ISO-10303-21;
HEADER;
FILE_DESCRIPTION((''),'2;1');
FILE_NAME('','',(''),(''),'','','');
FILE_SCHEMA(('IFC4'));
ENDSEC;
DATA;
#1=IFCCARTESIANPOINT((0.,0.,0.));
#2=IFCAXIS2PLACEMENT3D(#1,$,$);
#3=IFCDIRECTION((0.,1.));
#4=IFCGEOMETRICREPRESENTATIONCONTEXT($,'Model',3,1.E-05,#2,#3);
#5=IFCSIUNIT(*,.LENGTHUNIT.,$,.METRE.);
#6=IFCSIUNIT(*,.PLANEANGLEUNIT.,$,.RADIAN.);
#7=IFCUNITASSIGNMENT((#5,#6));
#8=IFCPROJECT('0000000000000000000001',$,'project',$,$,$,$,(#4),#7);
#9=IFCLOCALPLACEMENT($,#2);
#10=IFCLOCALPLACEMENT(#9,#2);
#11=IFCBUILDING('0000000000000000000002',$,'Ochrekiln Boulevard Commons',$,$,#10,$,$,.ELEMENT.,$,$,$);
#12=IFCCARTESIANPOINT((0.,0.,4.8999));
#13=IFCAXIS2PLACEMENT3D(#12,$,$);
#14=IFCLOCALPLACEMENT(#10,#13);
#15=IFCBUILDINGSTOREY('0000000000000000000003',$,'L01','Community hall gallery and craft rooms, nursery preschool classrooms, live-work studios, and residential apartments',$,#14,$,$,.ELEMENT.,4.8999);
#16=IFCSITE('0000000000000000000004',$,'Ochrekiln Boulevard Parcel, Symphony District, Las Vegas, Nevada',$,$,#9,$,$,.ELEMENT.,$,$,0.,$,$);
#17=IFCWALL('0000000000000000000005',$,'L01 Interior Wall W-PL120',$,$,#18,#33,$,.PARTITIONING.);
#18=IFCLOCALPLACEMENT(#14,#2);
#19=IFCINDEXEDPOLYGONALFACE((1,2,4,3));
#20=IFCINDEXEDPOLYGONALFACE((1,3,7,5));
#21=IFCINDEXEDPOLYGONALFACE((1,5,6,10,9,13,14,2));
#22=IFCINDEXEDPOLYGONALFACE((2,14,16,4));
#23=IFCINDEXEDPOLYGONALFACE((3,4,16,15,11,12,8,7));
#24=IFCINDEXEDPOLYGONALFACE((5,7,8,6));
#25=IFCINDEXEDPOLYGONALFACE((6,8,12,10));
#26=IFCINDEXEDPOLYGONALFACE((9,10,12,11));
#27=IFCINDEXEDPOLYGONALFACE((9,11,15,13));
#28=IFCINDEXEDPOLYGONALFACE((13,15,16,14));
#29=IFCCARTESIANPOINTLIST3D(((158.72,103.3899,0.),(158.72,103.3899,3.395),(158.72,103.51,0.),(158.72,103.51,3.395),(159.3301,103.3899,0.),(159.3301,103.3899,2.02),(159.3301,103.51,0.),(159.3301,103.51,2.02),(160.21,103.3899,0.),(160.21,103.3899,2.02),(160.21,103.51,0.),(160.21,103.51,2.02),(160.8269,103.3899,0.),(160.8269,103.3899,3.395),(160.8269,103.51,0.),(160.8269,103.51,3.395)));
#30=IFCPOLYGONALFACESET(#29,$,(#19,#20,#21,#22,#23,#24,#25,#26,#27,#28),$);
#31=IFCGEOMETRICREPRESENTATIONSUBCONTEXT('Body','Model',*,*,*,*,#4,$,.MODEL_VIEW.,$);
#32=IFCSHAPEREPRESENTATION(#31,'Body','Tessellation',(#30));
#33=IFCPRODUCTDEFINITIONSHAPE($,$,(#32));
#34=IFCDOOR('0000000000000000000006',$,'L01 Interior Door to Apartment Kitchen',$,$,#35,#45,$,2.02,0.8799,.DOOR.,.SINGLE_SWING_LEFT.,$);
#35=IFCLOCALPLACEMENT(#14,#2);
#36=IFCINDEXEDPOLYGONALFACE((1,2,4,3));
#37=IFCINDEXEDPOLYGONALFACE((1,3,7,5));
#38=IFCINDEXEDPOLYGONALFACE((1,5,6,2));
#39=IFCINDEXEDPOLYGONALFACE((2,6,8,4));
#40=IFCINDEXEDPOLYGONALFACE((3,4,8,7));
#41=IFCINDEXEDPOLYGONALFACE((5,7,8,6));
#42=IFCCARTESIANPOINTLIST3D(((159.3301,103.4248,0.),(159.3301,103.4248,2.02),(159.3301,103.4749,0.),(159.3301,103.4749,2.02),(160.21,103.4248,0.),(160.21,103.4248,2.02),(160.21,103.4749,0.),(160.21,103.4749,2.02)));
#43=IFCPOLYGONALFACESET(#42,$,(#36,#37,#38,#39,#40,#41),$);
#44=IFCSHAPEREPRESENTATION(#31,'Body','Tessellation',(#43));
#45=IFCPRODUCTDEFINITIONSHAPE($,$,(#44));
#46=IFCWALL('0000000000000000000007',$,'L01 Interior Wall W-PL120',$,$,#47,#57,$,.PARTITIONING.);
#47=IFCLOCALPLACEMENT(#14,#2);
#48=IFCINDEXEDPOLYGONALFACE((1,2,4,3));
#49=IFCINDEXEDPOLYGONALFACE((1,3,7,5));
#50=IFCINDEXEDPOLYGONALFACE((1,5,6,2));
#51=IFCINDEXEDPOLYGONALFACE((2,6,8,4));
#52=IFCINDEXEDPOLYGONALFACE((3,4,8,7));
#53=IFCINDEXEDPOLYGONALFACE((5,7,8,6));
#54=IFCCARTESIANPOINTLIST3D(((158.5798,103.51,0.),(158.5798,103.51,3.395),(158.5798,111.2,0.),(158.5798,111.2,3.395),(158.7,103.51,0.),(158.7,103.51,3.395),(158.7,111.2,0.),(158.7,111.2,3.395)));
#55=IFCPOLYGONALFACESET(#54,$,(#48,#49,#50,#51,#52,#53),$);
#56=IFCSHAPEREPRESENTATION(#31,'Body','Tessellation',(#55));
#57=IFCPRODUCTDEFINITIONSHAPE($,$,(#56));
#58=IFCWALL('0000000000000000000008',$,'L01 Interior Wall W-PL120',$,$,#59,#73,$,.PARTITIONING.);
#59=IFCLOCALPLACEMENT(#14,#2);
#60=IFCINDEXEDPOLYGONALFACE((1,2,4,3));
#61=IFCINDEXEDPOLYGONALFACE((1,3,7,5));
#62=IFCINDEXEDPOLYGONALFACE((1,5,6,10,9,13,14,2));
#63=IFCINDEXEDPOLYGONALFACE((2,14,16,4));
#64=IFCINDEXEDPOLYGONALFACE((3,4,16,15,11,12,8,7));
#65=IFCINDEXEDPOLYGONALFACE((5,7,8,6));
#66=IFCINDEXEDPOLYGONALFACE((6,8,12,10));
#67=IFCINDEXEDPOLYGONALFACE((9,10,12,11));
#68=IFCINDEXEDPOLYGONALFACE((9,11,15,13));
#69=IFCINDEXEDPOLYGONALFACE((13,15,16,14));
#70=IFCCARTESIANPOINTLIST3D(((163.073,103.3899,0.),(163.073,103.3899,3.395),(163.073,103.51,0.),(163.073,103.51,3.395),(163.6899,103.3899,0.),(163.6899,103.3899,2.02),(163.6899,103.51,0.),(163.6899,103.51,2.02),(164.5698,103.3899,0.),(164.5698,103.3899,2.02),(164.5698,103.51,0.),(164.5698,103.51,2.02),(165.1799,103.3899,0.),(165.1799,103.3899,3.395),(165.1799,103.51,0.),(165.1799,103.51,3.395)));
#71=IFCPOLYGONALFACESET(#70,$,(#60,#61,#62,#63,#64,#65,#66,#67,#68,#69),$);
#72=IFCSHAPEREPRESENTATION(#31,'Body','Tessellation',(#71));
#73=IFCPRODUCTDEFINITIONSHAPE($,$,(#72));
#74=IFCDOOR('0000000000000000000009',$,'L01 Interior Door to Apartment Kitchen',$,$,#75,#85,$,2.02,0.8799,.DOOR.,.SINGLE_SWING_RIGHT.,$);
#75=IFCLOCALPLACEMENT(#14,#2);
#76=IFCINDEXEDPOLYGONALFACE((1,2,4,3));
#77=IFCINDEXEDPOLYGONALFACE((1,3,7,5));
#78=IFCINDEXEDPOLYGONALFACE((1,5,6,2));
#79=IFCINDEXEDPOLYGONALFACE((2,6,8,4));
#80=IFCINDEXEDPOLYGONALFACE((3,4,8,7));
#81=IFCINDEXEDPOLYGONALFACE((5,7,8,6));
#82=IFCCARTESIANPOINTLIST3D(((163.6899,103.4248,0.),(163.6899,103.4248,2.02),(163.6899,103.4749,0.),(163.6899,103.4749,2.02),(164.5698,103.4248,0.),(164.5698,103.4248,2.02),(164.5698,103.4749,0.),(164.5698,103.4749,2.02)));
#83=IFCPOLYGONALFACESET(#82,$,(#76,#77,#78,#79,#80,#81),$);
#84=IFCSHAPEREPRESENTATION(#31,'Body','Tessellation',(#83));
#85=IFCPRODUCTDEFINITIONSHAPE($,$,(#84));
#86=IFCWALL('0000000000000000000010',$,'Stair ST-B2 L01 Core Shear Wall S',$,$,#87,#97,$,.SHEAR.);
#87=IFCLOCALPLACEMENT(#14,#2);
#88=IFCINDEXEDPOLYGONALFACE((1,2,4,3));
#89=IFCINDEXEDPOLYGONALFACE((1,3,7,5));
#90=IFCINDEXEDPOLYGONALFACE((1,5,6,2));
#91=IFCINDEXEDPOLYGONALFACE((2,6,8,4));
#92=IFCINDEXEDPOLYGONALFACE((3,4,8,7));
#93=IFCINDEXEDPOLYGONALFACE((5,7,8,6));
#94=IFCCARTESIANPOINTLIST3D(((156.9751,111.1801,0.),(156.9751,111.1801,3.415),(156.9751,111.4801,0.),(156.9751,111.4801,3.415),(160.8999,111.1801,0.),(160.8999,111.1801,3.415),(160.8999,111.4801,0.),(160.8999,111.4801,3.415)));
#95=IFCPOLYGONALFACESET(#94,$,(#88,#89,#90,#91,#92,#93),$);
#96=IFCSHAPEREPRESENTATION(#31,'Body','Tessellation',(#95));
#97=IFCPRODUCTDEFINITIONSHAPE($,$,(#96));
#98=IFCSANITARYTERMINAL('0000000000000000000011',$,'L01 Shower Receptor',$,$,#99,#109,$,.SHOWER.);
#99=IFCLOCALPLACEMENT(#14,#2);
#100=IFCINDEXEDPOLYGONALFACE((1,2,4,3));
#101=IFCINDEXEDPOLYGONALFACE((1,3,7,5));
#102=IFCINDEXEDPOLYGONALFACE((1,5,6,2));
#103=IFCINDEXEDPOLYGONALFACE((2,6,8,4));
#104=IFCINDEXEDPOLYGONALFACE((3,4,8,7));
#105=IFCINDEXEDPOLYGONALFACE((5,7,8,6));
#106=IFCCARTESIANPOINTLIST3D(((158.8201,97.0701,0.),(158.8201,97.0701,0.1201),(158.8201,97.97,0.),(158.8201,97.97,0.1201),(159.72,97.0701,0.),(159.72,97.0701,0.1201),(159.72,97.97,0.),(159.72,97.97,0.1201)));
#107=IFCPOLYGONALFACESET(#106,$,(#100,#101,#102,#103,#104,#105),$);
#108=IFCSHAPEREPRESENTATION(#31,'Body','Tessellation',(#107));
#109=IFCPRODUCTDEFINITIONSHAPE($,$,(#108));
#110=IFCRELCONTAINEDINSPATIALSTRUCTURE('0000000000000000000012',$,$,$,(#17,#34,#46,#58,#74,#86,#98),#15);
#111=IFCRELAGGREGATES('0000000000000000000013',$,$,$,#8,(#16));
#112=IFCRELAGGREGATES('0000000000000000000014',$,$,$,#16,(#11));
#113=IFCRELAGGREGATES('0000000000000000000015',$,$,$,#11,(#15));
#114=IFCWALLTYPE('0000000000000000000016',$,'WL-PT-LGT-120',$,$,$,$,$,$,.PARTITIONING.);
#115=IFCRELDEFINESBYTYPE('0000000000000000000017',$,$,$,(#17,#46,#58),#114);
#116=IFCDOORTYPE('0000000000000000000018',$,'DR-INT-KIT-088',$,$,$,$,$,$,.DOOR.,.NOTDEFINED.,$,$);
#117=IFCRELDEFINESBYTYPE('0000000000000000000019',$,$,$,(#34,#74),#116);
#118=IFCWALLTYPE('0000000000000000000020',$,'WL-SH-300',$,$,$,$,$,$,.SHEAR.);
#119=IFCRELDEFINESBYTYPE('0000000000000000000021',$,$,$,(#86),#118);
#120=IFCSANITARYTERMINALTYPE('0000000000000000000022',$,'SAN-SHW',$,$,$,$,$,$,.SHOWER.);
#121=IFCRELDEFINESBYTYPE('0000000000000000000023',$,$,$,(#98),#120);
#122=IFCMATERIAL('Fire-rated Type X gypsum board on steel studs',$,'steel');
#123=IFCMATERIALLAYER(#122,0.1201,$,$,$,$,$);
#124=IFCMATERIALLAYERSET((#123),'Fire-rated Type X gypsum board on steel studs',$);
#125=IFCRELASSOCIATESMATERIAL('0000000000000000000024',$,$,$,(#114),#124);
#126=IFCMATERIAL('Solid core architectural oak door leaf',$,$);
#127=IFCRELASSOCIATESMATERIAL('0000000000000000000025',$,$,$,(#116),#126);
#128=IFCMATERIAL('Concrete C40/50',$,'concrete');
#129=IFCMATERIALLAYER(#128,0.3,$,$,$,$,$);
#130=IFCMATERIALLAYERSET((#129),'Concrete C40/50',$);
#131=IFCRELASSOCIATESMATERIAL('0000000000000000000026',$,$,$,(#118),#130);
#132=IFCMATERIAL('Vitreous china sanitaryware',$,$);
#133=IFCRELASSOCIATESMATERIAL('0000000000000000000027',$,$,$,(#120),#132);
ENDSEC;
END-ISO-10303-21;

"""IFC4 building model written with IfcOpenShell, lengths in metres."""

from ifc_helpers import new_model, si_unit, direction, frame, frame_2d, origin, origin_2d, place, context, subcontext, project, spatial, rectangle, extrude, material, layer, layer_set, type_object, element, fill, save


model = new_model("IFC4")

# Units and contexts
model_context = context("Model", 3, precision=1e-05, world=origin(), true_north=direction((0.0, 1.0)))
body_context = subcontext(model_context, "Body", "Model", "MODEL_VIEW")
ifc_project = project(units=[si_unit("LENGTHUNIT", "METRE"), si_unit("PLANEANGLEUNIT", "RADIAN")], contexts=[model_context])

# Site, building, storey
site_placement = place(None, origin())
site = spatial("IfcSite", under=ifc_project, at=site_placement, Name="Ochrekiln Boulevard Parcel, Symphony District, Las Vegas, Nevada", CompositionType="ELEMENT", RefElevation=0.0)
building_placement = place(site_placement, origin())
building = spatial("IfcBuilding", under=site, at=building_placement, Name="Ochrekiln Boulevard Commons", CompositionType="ELEMENT")
storey_placement = place(building_placement, frame((0.0, 0.0, 4.8999)))
storey = spatial("IfcBuildingStorey", under=building, at=storey_placement, Name="L01", Description="Community hall gallery and craft rooms, nursery preschool classrooms, live-work studios, and residential apartments", CompositionType="ELEMENT", Elevation=4.8999)

# Shared definitions
ifc_material_1 = material(Name="Concrete C40/50", Category="concrete")

# Shared definitions
ifc_material_2 = material(Name="Solid core architectural oak door leaf")
ifc_material_3 = material(Name="Fire-rated Type X gypsum board on steel studs", Category="steel")

# Wall, opening, door
ifc_layer_1 = layer(ifc_material_3, 0.1201)
ifc_layer_set_1 = layer_set([ifc_layer_1], Name="Fire-rated Type X gypsum board on steel studs")
wall_type_1 = type_object("IfcWallType", Name="WL-PT-LGT-120", PredefinedType="PARTITIONING", material=ifc_layer_set_1)
wall_1_placement = place(storey_placement, frame((158.72, 103.45, 0.0), z_axis=(0.0, 0.0, 1.0), x_axis=(1.0, 0.0, 0.0)))
wall_1 = element("IfcWall", 1, at=wall_1_placement, inside=storey, type_object=wall_type_1, Name="L01 Interior Wall W-PL120", PredefinedType="PARTITIONING", context=body_context, shape_type="SweptSolid", body=[
    extrude(rectangle(XDim=2.1069, YDim=0.1201, at=frame_2d((1.0535, 0.0))), origin(), (0.0, 0.0, 1.0), 3.395),
])
opening_1_placement = place(wall_1_placement, frame((0.6101, 0.0, 0.0)))
opening_1 = element("IfcOpeningElement", 2, at=opening_1_placement, cuts=wall_1, PredefinedType="OPENING", context=body_context, shape_type="SweptSolid", body=[
    extrude(rectangle(XDim=0.8799, YDim=2.02, at=frame_2d((0.4399, 1.01))), frame((0.0, 0.0701, 0.0), z_axis=(0.0, -1.0, 0.0), x_axis=(1.0, 0.0, 0.0)), (0.0, 0.0, 1.0), 0.1401),
])
door_type_1 = type_object("IfcDoorType", Name="DR-INT-KIT-088", OperationType="NOTDEFINED", PredefinedType="DOOR", material=ifc_material_2)
door_1_placement = place(opening_1_placement, origin())
door_1 = element("IfcDoor", 3, at=door_1_placement, inside=storey, type_object=door_type_1, Name="L01 Interior Door to Apartment Kitchen", OperationType="SINGLE_SWING_LEFT", OverallHeight=2.02, OverallWidth=0.8799, PredefinedType="DOOR", context=body_context, shape_type="SweptSolid", body=[
    extrude(rectangle(XDim=0.8799, YDim=2.02, at=frame_2d((0.4399, 1.01))), frame((0.0, 0.0249, 0.0), z_axis=(0.0, -1.0, 0.0), x_axis=(1.0, 0.0, 0.0)), (0.0, 0.0, 1.0), 0.05),
])
fill(opening_1, door_1)

# Wall
wall_2_placement = place(storey_placement, frame((158.6399, 103.51, 0.0), z_axis=(0.0, 0.0, 1.0), x_axis=(0.0, 1.0, 0.0)))
element("IfcWall", 4, at=wall_2_placement, inside=storey, type_object=wall_type_1, Name="L01 Interior Wall W-PL120", PredefinedType="PARTITIONING", context=body_context, shape_type="SweptSolid", body=[
    extrude(rectangle(XDim=7.6899, YDim=0.1201, at=frame_2d((3.845, 0.0))), origin(), (0.0, 0.0, 1.0), 3.395),
])

# Wall, opening, door
wall_3_placement = place(storey_placement, frame((163.073, 103.45, 0.0), z_axis=(0.0, 0.0, 1.0), x_axis=(1.0, 0.0, 0.0)))
wall_3 = element("IfcWall", 5, at=wall_3_placement, inside=storey, type_object=wall_type_1, Name="L01 Interior Wall W-PL120", PredefinedType="PARTITIONING", context=body_context, shape_type="SweptSolid", body=[
    extrude(rectangle(XDim=2.1069, YDim=0.1201, at=frame_2d((1.0535, 0.0))), origin(), (0.0, 0.0, 1.0), 3.395),
])
opening_2_placement = place(wall_3_placement, frame((0.6169, 0.0, 0.0)))
opening_2 = element("IfcOpeningElement", 6, at=opening_2_placement, cuts=wall_3, PredefinedType="OPENING", context=body_context, shape_type="SweptSolid", body=[
    extrude(rectangle(XDim=0.8799, YDim=2.02, at=frame_2d((0.4399, 1.01))), frame((0.0, 0.0701, 0.0), z_axis=(0.0, -1.0, 0.0), x_axis=(1.0, 0.0, 0.0)), (0.0, 0.0, 1.0), 0.1401),
])
door_2_placement = place(opening_2_placement, origin())
door_2 = element("IfcDoor", 7, at=door_2_placement, inside=storey, type_object=door_type_1, Name="L01 Interior Door to Apartment Kitchen", OperationType="SINGLE_SWING_RIGHT", OverallHeight=2.02, OverallWidth=0.8799, PredefinedType="DOOR", context=body_context, shape_type="SweptSolid", body=[
    extrude(rectangle(XDim=0.8799, YDim=2.02, at=frame_2d((0.4399, 1.01))), frame((0.0, 0.0249, 0.0), z_axis=(0.0, -1.0, 0.0), x_axis=(1.0, 0.0, 0.0)), (0.0, 0.0, 1.0), 0.05),
])
fill(opening_2, door_2)

# Wall
ifc_layer_2 = layer(ifc_material_1, 0.3)
ifc_layer_set_2 = layer_set([ifc_layer_2], Name="Concrete C40/50")
wall_type_2 = type_object("IfcWallType", Name="WL-SH-300", PredefinedType="SHEAR", material=ifc_layer_set_2)
wall_4_placement = place(storey_placement, frame((156.9751, 111.3301, 0.0), z_axis=(0.0, 0.0, 1.0), x_axis=(1.0, 0.0, 0.0)))
element("IfcWall", 8, at=wall_4_placement, inside=storey, type_object=wall_type_2, Name="Stair ST-B2 L01 Core Shear Wall S", PredefinedType="SHEAR", context=body_context, shape_type="SweptSolid", body=[
    extrude(rectangle(XDim=3.9248, YDim=0.3, at=frame_2d((1.9624, 0.0))), origin(), (0.0, 0.0, 1.0), 3.415),
])

# Sanitary terminal
ifc_material_4 = material(Name="Vitreous china sanitaryware")
sanitary_terminal_type = type_object("IfcSanitaryTerminalType", Name="SAN-SHW", PredefinedType="SHOWER", material=ifc_material_4)
sanitary_terminal_placement = place(storey_placement, frame((159.27, 97.52, 0.0), z_axis=(0.0, 0.0, 1.0), x_axis=(1.0, 0.0, 0.0)))
element("IfcSanitaryTerminal", 9, at=sanitary_terminal_placement, inside=storey, type_object=sanitary_terminal_type, Name="L01 Shower Receptor", PredefinedType="SHOWER", context=body_context, shape_type="SweptSolid", body=[
    extrude(rectangle(XDim=0.8999, YDim=0.8999, at=origin_2d()), origin(), (0.0, 0.0, 1.0), 0.1201),
])

save(model, "model.ifc")
